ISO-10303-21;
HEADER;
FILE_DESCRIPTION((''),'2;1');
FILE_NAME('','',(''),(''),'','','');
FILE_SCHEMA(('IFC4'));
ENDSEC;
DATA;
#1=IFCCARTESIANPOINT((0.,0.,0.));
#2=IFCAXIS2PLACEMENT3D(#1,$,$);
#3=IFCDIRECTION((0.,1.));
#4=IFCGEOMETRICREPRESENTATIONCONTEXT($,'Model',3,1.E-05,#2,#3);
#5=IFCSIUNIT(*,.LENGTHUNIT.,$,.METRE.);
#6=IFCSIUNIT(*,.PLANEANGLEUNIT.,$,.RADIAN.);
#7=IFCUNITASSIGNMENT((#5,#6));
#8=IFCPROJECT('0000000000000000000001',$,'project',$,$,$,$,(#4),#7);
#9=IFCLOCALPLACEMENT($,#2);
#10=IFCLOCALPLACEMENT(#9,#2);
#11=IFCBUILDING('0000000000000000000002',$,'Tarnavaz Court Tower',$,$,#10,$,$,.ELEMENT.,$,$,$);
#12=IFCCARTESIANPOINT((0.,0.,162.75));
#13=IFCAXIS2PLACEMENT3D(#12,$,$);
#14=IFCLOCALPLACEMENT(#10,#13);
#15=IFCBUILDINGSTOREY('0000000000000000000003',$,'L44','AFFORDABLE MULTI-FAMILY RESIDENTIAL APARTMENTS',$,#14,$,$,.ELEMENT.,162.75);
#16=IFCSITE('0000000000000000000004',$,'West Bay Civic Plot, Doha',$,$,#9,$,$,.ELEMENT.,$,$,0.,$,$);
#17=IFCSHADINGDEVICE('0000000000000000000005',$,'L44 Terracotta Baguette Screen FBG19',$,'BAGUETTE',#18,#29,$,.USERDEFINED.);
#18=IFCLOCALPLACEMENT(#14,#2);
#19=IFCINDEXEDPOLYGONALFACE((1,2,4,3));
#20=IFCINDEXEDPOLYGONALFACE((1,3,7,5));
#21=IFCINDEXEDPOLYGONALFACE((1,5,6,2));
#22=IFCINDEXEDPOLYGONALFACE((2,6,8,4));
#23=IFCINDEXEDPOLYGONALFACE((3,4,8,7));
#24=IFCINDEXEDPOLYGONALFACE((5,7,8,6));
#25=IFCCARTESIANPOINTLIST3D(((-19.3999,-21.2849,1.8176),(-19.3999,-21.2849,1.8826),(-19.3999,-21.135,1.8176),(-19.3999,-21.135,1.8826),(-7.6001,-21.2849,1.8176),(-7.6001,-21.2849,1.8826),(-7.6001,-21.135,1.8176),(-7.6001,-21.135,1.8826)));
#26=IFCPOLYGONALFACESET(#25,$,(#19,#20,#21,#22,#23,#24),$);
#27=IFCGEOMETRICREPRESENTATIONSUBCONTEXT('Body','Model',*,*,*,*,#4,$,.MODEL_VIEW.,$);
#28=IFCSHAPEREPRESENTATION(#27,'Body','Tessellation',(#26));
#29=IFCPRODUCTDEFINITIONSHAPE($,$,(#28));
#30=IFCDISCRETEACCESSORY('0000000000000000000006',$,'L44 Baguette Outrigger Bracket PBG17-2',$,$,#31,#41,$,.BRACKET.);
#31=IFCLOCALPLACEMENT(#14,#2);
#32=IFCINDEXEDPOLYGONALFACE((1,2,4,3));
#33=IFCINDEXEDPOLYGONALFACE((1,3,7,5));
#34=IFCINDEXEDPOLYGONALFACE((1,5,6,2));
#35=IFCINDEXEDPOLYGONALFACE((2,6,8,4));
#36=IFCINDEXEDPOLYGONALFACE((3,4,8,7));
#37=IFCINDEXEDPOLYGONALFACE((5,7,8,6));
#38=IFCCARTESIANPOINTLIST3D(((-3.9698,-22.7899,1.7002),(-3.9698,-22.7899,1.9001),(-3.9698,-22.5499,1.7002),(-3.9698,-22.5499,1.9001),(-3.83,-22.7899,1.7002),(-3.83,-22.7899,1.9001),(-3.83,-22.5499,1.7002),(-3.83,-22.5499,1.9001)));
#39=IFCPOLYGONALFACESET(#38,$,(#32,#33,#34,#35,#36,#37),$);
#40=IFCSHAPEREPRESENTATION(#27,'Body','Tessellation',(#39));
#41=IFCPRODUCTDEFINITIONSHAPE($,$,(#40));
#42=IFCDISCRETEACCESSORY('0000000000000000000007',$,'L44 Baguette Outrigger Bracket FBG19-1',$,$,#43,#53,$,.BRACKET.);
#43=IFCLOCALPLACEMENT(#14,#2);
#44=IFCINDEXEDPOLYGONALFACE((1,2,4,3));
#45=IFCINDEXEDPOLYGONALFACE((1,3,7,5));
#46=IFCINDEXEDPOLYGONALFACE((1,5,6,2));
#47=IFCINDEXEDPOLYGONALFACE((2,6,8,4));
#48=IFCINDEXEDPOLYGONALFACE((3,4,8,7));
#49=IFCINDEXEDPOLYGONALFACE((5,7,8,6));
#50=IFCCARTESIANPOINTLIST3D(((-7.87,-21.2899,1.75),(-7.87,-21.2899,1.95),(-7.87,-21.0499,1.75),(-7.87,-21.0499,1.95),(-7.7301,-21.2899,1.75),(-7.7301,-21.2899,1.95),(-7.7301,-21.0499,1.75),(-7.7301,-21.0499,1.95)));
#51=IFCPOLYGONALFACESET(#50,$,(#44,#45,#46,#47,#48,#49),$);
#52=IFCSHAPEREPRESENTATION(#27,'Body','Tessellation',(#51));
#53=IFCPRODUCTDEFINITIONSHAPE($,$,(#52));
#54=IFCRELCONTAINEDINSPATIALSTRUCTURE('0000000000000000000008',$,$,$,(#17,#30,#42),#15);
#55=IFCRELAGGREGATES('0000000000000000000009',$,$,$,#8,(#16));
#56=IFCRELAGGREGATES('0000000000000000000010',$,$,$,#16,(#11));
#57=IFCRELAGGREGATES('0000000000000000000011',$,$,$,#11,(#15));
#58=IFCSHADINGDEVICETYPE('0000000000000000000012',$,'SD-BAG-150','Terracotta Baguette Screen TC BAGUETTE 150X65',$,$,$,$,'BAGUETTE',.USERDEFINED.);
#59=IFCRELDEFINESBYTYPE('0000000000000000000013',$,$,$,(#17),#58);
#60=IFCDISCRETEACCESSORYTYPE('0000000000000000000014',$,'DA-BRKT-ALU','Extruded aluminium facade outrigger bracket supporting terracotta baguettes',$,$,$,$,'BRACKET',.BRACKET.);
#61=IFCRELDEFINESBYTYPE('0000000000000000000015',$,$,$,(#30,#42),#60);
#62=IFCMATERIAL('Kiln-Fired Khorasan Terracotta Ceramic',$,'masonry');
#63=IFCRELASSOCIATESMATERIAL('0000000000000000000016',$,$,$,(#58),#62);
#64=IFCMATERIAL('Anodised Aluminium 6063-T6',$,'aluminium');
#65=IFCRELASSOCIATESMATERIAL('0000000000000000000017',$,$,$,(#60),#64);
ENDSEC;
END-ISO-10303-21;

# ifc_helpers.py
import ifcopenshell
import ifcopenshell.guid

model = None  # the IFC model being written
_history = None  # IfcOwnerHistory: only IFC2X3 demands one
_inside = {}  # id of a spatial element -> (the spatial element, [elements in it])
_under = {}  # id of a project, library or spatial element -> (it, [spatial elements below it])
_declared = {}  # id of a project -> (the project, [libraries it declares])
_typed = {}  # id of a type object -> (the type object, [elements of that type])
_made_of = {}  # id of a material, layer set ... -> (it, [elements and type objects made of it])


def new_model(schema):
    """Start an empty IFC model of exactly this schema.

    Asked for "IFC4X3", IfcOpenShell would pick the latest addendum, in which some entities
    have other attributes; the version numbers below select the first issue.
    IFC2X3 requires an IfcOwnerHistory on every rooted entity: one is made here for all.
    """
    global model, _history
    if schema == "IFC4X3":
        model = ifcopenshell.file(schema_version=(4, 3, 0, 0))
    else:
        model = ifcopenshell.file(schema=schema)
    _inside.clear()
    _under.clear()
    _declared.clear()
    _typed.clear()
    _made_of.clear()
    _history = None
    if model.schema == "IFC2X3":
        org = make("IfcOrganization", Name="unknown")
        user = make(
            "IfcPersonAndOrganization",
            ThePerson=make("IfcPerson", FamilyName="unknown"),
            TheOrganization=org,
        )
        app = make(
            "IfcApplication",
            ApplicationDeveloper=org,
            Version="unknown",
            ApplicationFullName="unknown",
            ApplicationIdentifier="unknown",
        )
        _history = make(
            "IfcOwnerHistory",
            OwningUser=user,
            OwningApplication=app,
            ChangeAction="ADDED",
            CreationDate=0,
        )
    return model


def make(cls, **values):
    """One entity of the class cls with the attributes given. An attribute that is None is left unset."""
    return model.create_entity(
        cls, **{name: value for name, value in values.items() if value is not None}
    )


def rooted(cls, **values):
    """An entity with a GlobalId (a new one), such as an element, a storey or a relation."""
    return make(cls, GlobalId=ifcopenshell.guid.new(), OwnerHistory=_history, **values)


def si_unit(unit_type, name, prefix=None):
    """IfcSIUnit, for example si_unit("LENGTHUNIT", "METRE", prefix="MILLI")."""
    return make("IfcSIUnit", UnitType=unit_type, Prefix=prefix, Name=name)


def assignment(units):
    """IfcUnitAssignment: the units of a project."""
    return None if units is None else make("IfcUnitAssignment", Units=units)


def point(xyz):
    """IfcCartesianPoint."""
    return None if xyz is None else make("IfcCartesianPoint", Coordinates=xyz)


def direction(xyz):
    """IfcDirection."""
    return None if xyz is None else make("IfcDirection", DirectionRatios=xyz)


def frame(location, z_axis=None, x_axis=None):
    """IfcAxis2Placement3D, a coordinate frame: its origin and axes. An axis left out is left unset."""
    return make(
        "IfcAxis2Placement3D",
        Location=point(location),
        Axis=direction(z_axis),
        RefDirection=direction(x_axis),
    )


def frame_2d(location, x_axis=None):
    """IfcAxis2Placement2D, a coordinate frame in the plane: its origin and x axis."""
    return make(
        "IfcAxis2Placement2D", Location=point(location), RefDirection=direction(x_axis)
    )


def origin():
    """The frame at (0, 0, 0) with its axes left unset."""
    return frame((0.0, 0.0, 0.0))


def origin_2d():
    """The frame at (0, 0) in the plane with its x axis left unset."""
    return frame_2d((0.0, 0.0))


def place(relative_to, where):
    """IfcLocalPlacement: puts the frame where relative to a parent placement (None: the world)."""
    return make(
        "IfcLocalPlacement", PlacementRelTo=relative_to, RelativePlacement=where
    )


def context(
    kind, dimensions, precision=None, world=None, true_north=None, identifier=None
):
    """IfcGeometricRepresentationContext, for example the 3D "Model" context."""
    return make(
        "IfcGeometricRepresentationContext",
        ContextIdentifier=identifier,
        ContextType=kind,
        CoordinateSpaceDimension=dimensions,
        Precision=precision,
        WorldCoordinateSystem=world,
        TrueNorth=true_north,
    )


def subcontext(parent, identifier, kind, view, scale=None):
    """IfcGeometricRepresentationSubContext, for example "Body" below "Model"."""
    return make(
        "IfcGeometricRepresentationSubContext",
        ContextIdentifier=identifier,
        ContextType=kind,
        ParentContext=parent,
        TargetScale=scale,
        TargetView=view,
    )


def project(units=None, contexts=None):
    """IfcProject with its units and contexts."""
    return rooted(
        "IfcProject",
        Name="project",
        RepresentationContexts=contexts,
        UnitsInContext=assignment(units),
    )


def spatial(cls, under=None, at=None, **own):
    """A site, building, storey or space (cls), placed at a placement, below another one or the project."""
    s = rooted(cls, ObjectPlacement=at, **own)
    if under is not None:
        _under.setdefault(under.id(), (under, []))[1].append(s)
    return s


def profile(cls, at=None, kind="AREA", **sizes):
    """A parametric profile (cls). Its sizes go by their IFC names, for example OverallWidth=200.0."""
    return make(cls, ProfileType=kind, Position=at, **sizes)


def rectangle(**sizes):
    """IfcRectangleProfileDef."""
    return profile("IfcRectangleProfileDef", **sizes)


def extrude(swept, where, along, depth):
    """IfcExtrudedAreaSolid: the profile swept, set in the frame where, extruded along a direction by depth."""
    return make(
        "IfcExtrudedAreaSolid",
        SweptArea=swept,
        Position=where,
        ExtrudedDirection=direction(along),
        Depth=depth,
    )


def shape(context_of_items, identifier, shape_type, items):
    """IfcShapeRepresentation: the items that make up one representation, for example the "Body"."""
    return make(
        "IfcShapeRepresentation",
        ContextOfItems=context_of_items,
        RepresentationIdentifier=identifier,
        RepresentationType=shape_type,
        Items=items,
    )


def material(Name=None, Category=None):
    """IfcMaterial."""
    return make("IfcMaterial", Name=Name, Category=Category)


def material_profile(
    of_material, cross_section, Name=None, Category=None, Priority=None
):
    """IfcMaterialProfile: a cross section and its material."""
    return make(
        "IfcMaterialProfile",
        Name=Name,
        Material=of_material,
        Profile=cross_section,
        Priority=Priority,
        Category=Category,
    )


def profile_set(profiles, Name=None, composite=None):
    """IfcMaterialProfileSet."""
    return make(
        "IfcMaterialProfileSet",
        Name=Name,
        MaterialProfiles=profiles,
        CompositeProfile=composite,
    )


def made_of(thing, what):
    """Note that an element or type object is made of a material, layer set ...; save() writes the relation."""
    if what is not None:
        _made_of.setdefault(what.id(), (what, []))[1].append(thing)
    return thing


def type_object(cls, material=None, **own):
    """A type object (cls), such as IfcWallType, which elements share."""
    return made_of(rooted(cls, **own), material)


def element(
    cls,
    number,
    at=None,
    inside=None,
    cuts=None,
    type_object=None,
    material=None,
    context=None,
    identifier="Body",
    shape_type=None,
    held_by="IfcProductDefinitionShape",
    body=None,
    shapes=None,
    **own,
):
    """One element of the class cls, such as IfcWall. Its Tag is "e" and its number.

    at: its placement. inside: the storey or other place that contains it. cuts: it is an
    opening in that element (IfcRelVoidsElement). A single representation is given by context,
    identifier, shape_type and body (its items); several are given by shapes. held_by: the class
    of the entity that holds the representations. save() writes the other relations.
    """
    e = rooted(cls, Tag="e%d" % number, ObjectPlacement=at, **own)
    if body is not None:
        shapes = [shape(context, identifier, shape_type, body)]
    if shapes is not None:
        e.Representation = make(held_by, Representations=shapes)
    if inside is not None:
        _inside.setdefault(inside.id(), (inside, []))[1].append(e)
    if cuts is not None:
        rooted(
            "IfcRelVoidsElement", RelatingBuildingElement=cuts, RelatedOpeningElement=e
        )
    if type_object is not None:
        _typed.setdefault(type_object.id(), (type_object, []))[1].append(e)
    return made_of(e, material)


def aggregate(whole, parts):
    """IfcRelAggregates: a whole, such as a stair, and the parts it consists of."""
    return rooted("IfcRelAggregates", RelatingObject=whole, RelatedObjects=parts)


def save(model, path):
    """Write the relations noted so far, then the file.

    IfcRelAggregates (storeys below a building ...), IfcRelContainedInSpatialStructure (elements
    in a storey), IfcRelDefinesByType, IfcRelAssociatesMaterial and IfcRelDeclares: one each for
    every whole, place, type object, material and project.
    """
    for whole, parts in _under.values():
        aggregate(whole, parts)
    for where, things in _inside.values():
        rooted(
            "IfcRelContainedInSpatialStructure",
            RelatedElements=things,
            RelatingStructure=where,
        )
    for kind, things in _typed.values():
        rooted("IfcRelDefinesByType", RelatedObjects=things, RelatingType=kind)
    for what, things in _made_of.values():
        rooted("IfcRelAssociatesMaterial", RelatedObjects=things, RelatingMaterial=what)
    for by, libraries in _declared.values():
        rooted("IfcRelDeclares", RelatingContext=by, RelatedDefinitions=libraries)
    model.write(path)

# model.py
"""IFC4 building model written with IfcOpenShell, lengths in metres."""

from ifc_helpers import new_model, si_unit, direction, frame, origin, origin_2d, place, context, subcontext, project, spatial, rectangle, extrude, material, material_profile, profile_set, type_object, element, save


model = new_model("IFC4")

# Units and contexts
model_context = context("Model", 3, precision=1e-05, world=origin(), true_north=direction((0.0, 1.0)))
body_context = subcontext(model_context, "Body", "Model", "MODEL_VIEW")
ifc_project = project(units=[si_unit("LENGTHUNIT", "METRE"), si_unit("PLANEANGLEUNIT", "RADIAN")], contexts=[model_context])

# Site, building, storey
site_placement = place(None, origin())
site = spatial("IfcSite", under=ifc_project, at=site_placement, Name="West Bay Civic Plot, Doha", CompositionType="ELEMENT", RefElevation=0.0)
building_placement = place(site_placement, origin())
building = spatial("IfcBuilding", under=site, at=building_placement, Name="Tarnavaz Court Tower", CompositionType="ELEMENT")
storey_placement = place(building_placement, frame((0.0, 0.0, 162.75)))
storey = spatial("IfcBuildingStorey", under=building, at=storey_placement, Name="L44", Description="AFFORDABLE MULTI-FAMILY RESIDENTIAL APARTMENTS", CompositionType="ELEMENT", Elevation=162.75)

# Shared definitions
ifc_material_1 = material(Name="Anodised Aluminium 6063-T6", Category="aluminium")

# Shading device
ifc_material_2 = material(Name="Kiln-Fired Khorasan Terracotta Ceramic", Category="masonry")
ifc_material_profile_1 = material_profile(ifc_material_2, rectangle(XDim=0.1499, YDim=0.0649, at=origin_2d()), Name="TC BAGUETTE 150X65")
ifc_profile_set_1 = profile_set([ifc_material_profile_1], Name="Kiln-Fired Khorasan Terracotta Ceramic")
shading_device_type = type_object("IfcShadingDeviceType", Name="SD-BAG-150", Description="Terracotta Baguette Screen TC BAGUETTE 150X65", ElementType="BAGUETTE", PredefinedType="USERDEFINED", material=ifc_profile_set_1)
shading_device_placement = place(storey_placement, frame((-7.6001, -21.21, 1.8501), z_axis=(-1.0, 0.0, 0.0), x_axis=(0.0, -1.0, 0.0)))
element("IfcShadingDevice", 1, at=shading_device_placement, inside=storey, type_object=shading_device_type, Name="L44 Terracotta Baguette Screen FBG19", ObjectType="BAGUETTE", PredefinedType="USERDEFINED", context=body_context, shape_type="SweptSolid", body=[
    extrude(rectangle(XDim=0.1499, YDim=0.0649, at=origin_2d()), origin(), (0.0, 0.0, 1.0), 11.7998),
])

# Discrete accessories
discrete_accessory_type = type_object("IfcDiscreteAccessoryType", Name="DA-BRKT-ALU", Description="Extruded aluminium facade outrigger bracket supporting terracotta baguettes", ElementType="BRACKET", PredefinedType="BRACKET", material=ifc_material_1)
for number, where, z_axis, x_axis, name in (
    (2, (-3.8999, -22.6699, 1.7002), (0.0, 0.0, 1.0), (-1.0, 0.0, 0.0), "L44 Baguette Outrigger Bracket PBG17-2"),
    (3, (-7.8, -21.1699, 1.75), (0.0, 0.0, 1.0), (-1.0, 0.0, 0.0), "L44 Baguette Outrigger Bracket FBG19-1"),
):
    element("IfcDiscreteAccessory", number, at=place(storey_placement, frame(where, z_axis=z_axis, x_axis=x_axis)), inside=storey, type_object=discrete_accessory_type, Name=name, PredefinedType="BRACKET", context=body_context, shape_type="SweptSolid", body=[
        extrude(rectangle(XDim=0.1399, YDim=0.24, at=origin_2d()), origin(), (0.0, 0.0, 1.0), 0.2),
    ])

save(model, "model.ifc")
